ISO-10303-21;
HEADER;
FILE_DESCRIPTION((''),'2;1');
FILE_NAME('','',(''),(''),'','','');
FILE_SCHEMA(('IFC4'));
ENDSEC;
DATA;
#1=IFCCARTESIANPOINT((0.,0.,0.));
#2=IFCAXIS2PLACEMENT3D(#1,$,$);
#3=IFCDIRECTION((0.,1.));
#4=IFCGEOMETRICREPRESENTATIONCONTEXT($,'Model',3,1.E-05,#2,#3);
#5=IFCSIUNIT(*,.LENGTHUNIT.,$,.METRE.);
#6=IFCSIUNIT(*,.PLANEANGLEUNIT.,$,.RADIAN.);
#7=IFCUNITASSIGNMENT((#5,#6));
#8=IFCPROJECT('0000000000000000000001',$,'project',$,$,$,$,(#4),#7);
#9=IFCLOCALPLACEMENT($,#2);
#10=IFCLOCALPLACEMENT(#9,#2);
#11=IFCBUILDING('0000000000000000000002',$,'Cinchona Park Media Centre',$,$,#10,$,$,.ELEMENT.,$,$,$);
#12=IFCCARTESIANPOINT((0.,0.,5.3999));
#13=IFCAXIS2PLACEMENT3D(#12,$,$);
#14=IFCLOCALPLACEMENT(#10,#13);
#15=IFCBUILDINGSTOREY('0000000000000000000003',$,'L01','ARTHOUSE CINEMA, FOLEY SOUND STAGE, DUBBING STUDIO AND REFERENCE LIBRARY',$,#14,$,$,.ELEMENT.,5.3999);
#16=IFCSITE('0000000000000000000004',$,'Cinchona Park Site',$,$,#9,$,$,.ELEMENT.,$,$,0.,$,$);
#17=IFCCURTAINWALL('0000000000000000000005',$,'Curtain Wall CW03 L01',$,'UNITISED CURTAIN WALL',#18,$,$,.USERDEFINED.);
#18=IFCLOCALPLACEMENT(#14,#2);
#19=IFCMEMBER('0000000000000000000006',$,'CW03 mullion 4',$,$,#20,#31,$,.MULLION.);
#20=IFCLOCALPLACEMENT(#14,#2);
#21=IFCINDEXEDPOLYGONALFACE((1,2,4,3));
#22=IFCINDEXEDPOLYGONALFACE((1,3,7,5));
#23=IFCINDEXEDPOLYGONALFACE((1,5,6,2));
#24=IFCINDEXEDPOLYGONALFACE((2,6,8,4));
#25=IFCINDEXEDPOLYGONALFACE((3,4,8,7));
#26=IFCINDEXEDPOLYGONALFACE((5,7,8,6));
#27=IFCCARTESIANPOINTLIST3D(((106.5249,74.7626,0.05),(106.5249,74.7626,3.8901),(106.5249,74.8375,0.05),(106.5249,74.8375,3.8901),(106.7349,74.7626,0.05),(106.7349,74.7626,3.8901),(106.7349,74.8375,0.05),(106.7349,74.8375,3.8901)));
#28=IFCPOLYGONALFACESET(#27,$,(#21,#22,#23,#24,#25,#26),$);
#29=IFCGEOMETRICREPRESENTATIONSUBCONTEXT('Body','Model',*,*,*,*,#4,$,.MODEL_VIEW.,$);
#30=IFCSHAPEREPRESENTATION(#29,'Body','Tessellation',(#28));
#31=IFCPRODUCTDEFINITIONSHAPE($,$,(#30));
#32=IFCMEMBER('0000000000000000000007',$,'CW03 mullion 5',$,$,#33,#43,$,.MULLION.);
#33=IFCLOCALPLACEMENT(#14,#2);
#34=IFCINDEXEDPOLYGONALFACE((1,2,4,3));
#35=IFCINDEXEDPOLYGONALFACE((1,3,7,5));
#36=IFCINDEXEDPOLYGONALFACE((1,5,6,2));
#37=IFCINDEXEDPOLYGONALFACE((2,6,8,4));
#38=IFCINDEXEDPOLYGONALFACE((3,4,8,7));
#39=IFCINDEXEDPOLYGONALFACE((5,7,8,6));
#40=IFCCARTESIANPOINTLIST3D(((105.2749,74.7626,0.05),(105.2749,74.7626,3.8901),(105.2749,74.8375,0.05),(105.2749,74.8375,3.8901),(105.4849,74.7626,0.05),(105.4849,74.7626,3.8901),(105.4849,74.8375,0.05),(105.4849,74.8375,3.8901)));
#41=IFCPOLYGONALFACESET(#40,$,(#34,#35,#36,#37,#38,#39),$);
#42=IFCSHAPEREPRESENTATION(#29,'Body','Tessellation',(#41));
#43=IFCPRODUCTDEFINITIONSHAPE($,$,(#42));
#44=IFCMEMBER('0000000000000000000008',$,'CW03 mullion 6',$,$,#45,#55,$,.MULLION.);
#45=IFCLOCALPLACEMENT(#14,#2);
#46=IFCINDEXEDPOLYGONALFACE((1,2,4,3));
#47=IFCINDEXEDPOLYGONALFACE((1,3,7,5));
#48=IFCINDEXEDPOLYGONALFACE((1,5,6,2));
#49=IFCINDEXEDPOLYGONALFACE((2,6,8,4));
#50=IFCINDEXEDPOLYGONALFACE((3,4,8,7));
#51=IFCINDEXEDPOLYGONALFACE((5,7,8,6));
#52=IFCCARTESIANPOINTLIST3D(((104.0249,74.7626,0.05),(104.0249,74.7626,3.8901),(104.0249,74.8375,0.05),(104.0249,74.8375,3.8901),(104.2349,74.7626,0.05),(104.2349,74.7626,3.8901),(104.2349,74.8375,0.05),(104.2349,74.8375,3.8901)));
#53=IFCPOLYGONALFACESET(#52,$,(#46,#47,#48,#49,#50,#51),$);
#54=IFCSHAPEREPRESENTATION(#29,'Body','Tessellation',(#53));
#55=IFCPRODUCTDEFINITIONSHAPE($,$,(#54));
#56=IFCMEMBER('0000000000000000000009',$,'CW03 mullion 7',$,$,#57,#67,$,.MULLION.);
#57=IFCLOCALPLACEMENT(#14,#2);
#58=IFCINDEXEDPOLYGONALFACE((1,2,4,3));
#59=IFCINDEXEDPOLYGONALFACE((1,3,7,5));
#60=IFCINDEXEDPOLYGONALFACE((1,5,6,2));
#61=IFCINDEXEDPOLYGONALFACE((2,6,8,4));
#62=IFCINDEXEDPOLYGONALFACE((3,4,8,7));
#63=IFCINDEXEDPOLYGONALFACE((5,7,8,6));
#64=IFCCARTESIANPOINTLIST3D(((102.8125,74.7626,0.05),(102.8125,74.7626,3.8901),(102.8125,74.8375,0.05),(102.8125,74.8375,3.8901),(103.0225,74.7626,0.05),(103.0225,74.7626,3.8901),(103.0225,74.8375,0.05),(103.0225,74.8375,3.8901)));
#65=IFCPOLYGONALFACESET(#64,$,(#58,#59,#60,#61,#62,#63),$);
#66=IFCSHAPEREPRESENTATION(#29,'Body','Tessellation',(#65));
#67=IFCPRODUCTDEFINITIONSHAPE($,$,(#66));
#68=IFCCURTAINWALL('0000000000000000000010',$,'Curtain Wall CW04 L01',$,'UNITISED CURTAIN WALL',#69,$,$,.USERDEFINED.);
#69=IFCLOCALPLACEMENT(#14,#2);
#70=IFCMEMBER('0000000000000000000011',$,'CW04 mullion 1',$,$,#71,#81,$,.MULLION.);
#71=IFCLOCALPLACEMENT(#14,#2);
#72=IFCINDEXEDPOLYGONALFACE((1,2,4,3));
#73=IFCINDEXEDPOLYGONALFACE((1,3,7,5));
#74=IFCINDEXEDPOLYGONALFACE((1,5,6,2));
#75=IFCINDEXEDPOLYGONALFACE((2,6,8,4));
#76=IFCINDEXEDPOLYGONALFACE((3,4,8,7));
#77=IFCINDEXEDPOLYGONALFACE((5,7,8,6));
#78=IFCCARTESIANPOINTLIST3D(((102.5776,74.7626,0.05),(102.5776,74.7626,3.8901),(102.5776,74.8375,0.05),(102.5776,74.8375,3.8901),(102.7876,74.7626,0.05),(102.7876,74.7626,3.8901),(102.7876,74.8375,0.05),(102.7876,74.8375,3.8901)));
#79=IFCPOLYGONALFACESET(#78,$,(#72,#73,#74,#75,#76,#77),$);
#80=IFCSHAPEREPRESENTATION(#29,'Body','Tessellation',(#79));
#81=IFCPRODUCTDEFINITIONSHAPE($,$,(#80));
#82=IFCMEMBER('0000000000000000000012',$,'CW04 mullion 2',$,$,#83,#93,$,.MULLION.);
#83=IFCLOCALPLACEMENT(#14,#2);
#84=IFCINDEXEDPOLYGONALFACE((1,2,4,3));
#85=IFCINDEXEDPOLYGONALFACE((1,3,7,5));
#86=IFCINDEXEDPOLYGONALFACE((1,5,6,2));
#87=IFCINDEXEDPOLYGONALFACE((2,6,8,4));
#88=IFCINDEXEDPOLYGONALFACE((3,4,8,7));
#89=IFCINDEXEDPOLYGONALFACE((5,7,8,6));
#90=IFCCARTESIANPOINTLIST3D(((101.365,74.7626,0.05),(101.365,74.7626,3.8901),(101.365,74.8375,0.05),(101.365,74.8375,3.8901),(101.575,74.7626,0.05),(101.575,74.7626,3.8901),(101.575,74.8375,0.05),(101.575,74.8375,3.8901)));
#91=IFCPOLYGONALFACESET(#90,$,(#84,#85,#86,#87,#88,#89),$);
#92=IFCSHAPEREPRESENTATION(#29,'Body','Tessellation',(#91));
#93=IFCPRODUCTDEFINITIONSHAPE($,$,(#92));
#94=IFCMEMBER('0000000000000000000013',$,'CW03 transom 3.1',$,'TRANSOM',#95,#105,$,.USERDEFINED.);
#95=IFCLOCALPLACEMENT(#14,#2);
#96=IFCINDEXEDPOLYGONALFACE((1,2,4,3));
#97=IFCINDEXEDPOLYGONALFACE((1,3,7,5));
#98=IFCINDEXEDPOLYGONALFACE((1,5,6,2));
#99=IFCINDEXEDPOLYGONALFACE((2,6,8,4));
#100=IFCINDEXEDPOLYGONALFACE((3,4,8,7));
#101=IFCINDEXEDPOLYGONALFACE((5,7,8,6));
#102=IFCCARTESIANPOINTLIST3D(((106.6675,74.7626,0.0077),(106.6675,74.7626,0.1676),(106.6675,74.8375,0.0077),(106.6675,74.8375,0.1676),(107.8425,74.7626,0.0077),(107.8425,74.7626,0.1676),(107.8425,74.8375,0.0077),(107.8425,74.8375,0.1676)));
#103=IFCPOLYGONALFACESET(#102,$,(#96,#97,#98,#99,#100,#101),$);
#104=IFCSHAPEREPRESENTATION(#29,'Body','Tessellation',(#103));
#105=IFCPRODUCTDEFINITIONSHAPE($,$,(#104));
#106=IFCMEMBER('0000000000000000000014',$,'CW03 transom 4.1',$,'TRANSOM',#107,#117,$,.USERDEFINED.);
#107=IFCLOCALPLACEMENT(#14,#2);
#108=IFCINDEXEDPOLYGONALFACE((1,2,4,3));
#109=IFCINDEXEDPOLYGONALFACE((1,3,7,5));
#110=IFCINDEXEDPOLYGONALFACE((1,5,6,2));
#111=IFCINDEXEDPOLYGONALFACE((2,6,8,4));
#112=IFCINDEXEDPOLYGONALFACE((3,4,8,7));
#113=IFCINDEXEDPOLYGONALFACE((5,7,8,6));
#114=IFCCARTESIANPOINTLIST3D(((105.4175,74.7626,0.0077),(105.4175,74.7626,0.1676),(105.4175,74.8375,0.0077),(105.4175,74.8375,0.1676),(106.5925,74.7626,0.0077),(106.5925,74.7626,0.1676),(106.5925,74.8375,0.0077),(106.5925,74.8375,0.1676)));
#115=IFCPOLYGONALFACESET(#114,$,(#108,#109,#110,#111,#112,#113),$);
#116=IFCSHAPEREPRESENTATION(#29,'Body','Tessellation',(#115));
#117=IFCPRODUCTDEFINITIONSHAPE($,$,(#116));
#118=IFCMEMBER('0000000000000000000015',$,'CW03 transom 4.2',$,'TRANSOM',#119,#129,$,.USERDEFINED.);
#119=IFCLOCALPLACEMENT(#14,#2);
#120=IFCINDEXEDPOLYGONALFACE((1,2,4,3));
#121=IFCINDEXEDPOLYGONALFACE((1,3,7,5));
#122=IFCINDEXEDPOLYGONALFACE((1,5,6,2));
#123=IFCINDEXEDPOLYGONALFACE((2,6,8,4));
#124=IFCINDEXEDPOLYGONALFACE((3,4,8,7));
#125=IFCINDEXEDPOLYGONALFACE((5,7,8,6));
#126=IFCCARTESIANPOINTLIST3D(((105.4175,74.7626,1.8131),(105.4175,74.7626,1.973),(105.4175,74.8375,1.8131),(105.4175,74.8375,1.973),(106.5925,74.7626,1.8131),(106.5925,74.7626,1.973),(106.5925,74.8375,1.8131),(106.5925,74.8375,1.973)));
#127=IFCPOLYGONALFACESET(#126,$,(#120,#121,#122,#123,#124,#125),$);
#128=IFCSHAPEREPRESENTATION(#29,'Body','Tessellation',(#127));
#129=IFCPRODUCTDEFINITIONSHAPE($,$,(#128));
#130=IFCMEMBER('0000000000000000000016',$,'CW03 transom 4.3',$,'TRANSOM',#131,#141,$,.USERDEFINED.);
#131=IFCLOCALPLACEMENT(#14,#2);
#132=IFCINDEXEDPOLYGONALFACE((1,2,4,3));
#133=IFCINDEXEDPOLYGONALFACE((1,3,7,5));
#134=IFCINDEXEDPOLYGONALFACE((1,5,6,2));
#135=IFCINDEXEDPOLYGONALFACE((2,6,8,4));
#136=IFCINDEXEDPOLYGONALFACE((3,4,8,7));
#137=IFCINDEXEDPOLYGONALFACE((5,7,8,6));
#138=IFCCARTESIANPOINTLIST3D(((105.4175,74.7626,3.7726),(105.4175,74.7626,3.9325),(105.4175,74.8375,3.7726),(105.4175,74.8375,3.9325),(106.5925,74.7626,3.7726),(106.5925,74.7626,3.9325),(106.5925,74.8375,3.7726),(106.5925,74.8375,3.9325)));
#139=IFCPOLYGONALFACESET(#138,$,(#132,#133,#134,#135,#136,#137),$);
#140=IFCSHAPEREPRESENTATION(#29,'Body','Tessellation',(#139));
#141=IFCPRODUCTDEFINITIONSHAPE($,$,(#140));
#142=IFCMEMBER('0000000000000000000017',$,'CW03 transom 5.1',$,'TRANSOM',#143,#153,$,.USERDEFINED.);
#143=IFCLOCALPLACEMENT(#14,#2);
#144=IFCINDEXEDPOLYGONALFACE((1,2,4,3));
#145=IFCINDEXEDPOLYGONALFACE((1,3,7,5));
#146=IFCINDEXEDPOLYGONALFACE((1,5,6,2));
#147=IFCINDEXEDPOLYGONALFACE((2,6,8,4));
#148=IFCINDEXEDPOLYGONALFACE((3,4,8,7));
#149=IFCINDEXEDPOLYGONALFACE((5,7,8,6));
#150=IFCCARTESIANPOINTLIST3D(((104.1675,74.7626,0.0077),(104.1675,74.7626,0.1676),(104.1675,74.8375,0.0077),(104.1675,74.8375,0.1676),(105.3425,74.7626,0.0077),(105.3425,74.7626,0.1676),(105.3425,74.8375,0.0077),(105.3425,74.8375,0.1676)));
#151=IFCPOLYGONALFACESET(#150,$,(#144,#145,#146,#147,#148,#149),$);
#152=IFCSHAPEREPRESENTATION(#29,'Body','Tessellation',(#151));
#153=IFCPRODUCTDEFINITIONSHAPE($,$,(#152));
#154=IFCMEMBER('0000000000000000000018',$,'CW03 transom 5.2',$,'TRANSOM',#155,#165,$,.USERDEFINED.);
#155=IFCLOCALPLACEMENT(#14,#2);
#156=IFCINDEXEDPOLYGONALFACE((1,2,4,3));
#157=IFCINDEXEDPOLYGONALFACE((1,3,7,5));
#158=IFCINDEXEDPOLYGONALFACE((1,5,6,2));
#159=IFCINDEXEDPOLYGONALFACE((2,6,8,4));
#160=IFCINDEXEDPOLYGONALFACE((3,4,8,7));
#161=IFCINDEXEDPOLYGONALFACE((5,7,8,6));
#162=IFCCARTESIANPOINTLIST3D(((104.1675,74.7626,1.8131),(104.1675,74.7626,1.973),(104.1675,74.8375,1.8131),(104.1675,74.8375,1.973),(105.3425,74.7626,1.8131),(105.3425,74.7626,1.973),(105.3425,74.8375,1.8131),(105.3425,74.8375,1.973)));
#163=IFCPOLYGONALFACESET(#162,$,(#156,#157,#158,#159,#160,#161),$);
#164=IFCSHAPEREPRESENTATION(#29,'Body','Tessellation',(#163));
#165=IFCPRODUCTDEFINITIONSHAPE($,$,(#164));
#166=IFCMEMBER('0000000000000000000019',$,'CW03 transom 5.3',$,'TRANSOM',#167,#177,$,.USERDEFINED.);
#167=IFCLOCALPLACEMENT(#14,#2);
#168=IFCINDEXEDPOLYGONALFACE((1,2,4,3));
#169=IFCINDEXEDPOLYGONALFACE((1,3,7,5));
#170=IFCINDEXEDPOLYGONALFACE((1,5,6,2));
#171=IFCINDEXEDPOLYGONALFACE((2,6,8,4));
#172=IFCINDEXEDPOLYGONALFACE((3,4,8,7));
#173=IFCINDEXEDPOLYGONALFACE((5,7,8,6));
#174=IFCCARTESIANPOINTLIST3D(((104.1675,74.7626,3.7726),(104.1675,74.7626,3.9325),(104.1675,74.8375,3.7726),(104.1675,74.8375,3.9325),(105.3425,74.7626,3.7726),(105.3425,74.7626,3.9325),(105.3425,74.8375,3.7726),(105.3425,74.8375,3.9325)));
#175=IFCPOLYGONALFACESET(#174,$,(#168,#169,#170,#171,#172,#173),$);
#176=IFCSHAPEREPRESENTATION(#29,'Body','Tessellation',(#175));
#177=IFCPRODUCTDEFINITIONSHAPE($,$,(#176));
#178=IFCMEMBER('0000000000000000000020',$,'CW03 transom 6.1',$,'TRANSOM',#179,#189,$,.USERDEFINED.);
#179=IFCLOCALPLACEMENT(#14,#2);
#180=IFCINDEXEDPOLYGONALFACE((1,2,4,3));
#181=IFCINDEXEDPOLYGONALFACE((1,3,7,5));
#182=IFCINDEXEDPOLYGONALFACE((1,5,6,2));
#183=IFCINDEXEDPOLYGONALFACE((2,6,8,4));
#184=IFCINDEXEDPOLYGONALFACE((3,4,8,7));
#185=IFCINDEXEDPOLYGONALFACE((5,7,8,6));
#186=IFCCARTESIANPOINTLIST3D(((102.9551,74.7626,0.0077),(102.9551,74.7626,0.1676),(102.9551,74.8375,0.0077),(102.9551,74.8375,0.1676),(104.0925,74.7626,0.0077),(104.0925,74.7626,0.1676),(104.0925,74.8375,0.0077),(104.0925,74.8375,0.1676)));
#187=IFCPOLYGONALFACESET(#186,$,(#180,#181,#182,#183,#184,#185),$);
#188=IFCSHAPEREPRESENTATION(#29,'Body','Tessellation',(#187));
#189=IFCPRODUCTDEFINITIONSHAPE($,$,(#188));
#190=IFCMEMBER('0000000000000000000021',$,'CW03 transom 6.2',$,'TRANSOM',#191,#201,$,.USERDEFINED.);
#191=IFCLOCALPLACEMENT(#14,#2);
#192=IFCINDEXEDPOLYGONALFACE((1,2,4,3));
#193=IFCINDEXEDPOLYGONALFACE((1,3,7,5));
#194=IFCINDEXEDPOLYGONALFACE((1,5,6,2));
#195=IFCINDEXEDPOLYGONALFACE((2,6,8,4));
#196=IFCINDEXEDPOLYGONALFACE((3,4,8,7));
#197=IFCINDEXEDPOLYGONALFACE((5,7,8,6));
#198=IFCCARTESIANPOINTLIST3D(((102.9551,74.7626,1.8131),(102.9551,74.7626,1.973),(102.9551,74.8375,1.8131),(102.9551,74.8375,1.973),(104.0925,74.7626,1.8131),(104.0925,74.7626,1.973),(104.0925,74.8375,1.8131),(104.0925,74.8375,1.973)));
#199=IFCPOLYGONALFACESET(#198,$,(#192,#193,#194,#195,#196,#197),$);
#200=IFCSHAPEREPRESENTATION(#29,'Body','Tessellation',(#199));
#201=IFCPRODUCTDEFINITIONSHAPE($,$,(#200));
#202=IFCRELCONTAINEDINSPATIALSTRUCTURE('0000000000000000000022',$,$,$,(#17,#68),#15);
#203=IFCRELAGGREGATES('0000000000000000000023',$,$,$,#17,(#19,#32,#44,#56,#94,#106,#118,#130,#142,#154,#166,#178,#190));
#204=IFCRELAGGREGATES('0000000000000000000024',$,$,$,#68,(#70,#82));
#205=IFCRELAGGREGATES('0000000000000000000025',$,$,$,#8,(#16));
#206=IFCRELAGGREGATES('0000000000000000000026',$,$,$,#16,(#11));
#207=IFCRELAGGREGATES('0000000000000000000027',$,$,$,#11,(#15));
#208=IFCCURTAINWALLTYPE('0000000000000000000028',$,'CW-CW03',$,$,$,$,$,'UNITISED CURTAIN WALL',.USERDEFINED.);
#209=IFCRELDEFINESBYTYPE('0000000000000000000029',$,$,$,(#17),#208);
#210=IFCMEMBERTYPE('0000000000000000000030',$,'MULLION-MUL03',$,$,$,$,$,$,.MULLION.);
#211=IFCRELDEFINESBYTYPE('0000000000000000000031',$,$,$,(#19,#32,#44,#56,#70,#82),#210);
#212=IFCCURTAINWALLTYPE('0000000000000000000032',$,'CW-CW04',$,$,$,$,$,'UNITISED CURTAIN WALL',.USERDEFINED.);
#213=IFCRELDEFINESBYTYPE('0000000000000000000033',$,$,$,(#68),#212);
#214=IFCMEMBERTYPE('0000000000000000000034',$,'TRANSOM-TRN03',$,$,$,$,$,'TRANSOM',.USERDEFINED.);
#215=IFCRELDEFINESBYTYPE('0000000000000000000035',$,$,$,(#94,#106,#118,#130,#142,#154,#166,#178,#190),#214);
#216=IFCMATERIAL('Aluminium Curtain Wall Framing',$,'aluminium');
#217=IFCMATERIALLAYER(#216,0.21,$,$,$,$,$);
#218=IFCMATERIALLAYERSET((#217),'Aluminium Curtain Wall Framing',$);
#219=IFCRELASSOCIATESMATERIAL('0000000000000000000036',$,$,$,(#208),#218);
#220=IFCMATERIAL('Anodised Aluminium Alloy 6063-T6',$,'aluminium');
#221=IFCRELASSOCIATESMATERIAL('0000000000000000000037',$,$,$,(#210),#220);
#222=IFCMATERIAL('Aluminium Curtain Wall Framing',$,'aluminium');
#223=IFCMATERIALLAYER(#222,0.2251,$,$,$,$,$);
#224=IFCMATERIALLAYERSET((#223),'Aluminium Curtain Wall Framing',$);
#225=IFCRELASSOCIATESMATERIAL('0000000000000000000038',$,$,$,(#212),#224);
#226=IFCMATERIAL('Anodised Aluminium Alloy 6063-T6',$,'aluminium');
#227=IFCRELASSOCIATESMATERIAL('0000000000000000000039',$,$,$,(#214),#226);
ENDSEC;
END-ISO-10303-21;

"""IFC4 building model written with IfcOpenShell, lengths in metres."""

from ifc_helpers import new_model, si_unit, direction, frame, origin, origin_2d, place, context, subcontext, project, spatial, rectangle, extrude, material, layer, layer_set, material_profile, profile_set, type_object, element, aggregate, save


model = new_model("IFC4")

# Units and contexts
model_context = context("Model", 3, precision=1e-05, world=origin(), true_north=direction((0.0, 1.0)))
body_context = subcontext(model_context, "Body", "Model", "MODEL_VIEW")
ifc_project = project(units=[si_unit("LENGTHUNIT", "METRE"), si_unit("PLANEANGLEUNIT", "RADIAN")], contexts=[model_context])

# Site, building, storey
site_placement = place(None, origin())
site = spatial("IfcSite", under=ifc_project, at=site_placement, Name="Cinchona Park Site", CompositionType="ELEMENT", RefElevation=0.0)
building_placement = place(site_placement, origin())
building = spatial("IfcBuilding", under=site, at=building_placement, Name="Cinchona Park Media Centre", CompositionType="ELEMENT")
storey_placement = place(building_placement, frame((0.0, 0.0, 5.3999)))
storey = spatial("IfcBuildingStorey", under=building, at=storey_placement, Name="L01", Description="ARTHOUSE CINEMA, FOLEY SOUND STAGE, DUBBING STUDIO AND REFERENCE LIBRARY", CompositionType="ELEMENT", Elevation=5.3999)

# Curtain walls, members
ifc_material_1 = material(Name="Aluminium Curtain Wall Framing", Category="aluminium")
ifc_layer_1 = layer(ifc_material_1, 0.21)
ifc_layer_set_1 = layer_set([ifc_layer_1], Name="Aluminium Curtain Wall Framing")
curtain_wall_type_1 = type_object("IfcCurtainWallType", Name="CW-CW03", ElementType="UNITISED CURTAIN WALL", PredefinedType="USERDEFINED", material=ifc_layer_set_1)
curtain_wall_1_placement = place(storey_placement, origin())
curtain_wall_1 = element("IfcCurtainWall", 1, at=curtain_wall_1_placement, inside=storey, type_object=curtain_wall_type_1, Name="Curtain Wall CW03 L01", ObjectType="UNITISED CURTAIN WALL", PredefinedType="USERDEFINED")
ifc_material_2 = material(Name="Anodised Aluminium Alloy 6063-T6", Category="aluminium")
ifc_material_profile_1 = material_profile(ifc_material_2, rectangle(XDim=0.075, YDim=0.21, at=origin_2d()), Name="MUL-75X210")
ifc_profile_set_1 = profile_set([ifc_material_profile_1], Name="Anodised Aluminium Alloy 6063-T6")
member_type_1 = type_object("IfcMemberType", Name="MULLION-MUL03", PredefinedType="MULLION", material=ifc_profile_set_1)
member_1_placement = place(storey_placement, frame((106.6299, 74.8, 0.05), z_axis=(0.0, 0.0, 1.0), x_axis=(0.0, -1.0, 0.0)))
member_1 = element("IfcMember", 2, at=member_1_placement, type_object=member_type_1, Name="CW03 mullion 4", PredefinedType="MULLION", context=body_context, shape_type="SweptSolid", body=[
    extrude(rectangle(XDim=0.075, YDim=0.21, at=origin_2d()), origin(), (0.0, 0.0, 1.0), 3.8401),
])
member_2_placement = place(storey_placement, frame((105.3799, 74.8, 0.05), z_axis=(0.0, 0.0, 1.0), x_axis=(0.0, -1.0, 0.0)))
member_2 = element("IfcMember", 3, at=member_2_placement, type_object=member_type_1, Name="CW03 mullion 5", PredefinedType="MULLION", context=body_context, shape_type="SweptSolid", body=[
    extrude(rectangle(XDim=0.075, YDim=0.21, at=origin_2d()), origin(), (0.0, 0.0, 1.0), 3.8401),
])
member_3_placement = place(storey_placement, frame((104.1299, 74.8, 0.05), z_axis=(0.0, 0.0, 1.0), x_axis=(0.0, -1.0, 0.0)))
member_3 = element("IfcMember", 4, at=member_3_placement, type_object=member_type_1, Name="CW03 mullion 6", PredefinedType="MULLION", context=body_context, shape_type="SweptSolid", body=[
    extrude(rectangle(XDim=0.075, YDim=0.21, at=origin_2d()), origin(), (0.0, 0.0, 1.0), 3.8401),
])
member_4_placement = place(storey_placement, frame((102.9175, 74.8, 0.05), z_axis=(0.0, 0.0, 1.0), x_axis=(0.0, -1.0, 0.0)))
member_4 = element("IfcMember", 5, at=member_4_placement, type_object=member_type_1, Name="CW03 mullion 7", PredefinedType="MULLION", context=body_context, shape_type="SweptSolid", body=[
    extrude(rectangle(XDim=0.075, YDim=0.21, at=origin_2d()), origin(), (0.0, 0.0, 1.0), 3.8401),
])
ifc_material_3 = material(Name="Aluminium Curtain Wall Framing", Category="aluminium")
ifc_layer_2 = layer(ifc_material_3, 0.2251)
ifc_layer_set_2 = layer_set([ifc_layer_2], Name="Aluminium Curtain Wall Framing")
curtain_wall_type_2 = type_object("IfcCurtainWallType", Name="CW-CW04", ElementType="UNITISED CURTAIN WALL", PredefinedType="USERDEFINED", material=ifc_layer_set_2)
curtain_wall_2_placement = place(storey_placement, origin())
curtain_wall_2 = element("IfcCurtainWall", 6, at=curtain_wall_2_placement, inside=storey, type_object=curtain_wall_type_2, Name="Curtain Wall CW04 L01", ObjectType="UNITISED CURTAIN WALL", PredefinedType="USERDEFINED")
member_5_placement = place(storey_placement, frame((102.6826, 74.8, 0.05), z_axis=(0.0, 0.0, 1.0), x_axis=(0.0, -1.0, 0.0)))
member_5 = element("IfcMember", 7, at=member_5_placement, type_object=member_type_1, Name="CW04 mullion 1", PredefinedType="MULLION", context=body_context, shape_type="SweptSolid", body=[
    extrude(rectangle(XDim=0.075, YDim=0.21, at=origin_2d()), origin(), (0.0, 0.0, 1.0), 3.8401),
])
member_6_placement = place(storey_placement, frame((101.47, 74.8, 0.05), z_axis=(0.0, 0.0, 1.0), x_axis=(0.0, -1.0, 0.0)))
member_6 = element("IfcMember", 8, at=member_6_placement, type_object=member_type_1, Name="CW04 mullion 2", PredefinedType="MULLION", context=body_context, shape_type="SweptSolid", body=[
    extrude(rectangle(XDim=0.075, YDim=0.21, at=origin_2d()), origin(), (0.0, 0.0, 1.0), 3.8401),
])

# Members
ifc_material_4 = material(Name="Anodised Aluminium Alloy 6063-T6", Category="aluminium")
ifc_material_profile_2 = material_profile(ifc_material_4, rectangle(XDim=0.075, YDim=0.1599, at=origin_2d()), Name="TRN-75X160")
ifc_profile_set_2 = profile_set([ifc_material_profile_2], Name="Anodised Aluminium Alloy 6063-T6")
member_type_2 = type_object("IfcMemberType", Name="TRANSOM-TRN03", ElementType="TRANSOM", PredefinedType="USERDEFINED", material=ifc_profile_set_2)
member_7_placement = place(storey_placement, frame((107.8425, 74.8, 0.0876), z_axis=(-1.0, 0.0, 0.0), x_axis=(0.0, -1.0, 0.0)))
member_7 = element("IfcMember", 9, at=member_7_placement, type_object=member_type_2, Name="CW03 transom 3.1", ObjectType="TRANSOM", PredefinedType="USERDEFINED", context=body_context, shape_type="SweptSolid", body=[
    extrude(rectangle(XDim=0.075, YDim=0.1599, at=origin_2d()), origin(), (0.0, 0.0, 1.0), 1.175),
])
member_8_placement = place(storey_placement, frame((106.5925, 74.8, 0.0876), z_axis=(-1.0, 0.0, 0.0), x_axis=(0.0, -1.0, 0.0)))
member_8 = element("IfcMember", 10, at=member_8_placement, type_object=member_type_2, Name="CW03 transom 4.1", ObjectType="TRANSOM", PredefinedType="USERDEFINED", context=body_context, shape_type="SweptSolid", body=[
    extrude(rectangle(XDim=0.075, YDim=0.1599, at=origin_2d()), origin(), (0.0, 0.0, 1.0), 1.175),
])
member_9_placement = place(storey_placement, frame((106.5925, 74.8, 1.8931), z_axis=(-1.0, 0.0, 0.0), x_axis=(0.0, -1.0, 0.0)))
member_9 = element("IfcMember", 11, at=member_9_placement, type_object=member_type_2, Name="CW03 transom 4.2", ObjectType="TRANSOM", PredefinedType="USERDEFINED", context=body_context, shape_type="SweptSolid", body=[
    extrude(rectangle(XDim=0.075, YDim=0.1599, at=origin_2d()), origin(), (0.0, 0.0, 1.0), 1.175),
])
member_10_placement = place(storey_placement, frame((106.5925, 74.8, 3.8525), z_axis=(-1.0, 0.0, 0.0), x_axis=(0.0, -1.0, 0.0)))
member_10 = element("IfcMember", 12, at=member_10_placement, type_object=member_type_2, Name="CW03 transom 4.3", ObjectType="TRANSOM", PredefinedType="USERDEFINED", context=body_context, shape_type="SweptSolid", body=[
    extrude(rectangle(XDim=0.075, YDim=0.1599, at=origin_2d()), origin(), (0.0, 0.0, 1.0), 1.175),
])
member_11_placement = place(storey_placement, frame((105.3425, 74.8, 0.0876), z_axis=(-1.0, 0.0, 0.0), x_axis=(0.0, -1.0, 0.0)))
member_11 = element("IfcMember", 13, at=member_11_placement, type_object=member_type_2, Name="CW03 transom 5.1", ObjectType="TRANSOM", PredefinedType="USERDEFINED", context=body_context, shape_type="SweptSolid", body=[
    extrude(rectangle(XDim=0.075, YDim=0.1599, at=origin_2d()), origin(), (0.0, 0.0, 1.0), 1.175),
])
member_12_placement = place(storey_placement, frame((105.3425, 74.8, 1.8931), z_axis=(-1.0, 0.0, 0.0), x_axis=(0.0, -1.0, 0.0)))
member_12 = element("IfcMember", 14, at=member_12_placement, type_object=member_type_2, Name="CW03 transom 5.2", ObjectType="TRANSOM", PredefinedType="USERDEFINED", context=body_context, shape_type="SweptSolid", body=[
    extrude(rectangle(XDim=0.075, YDim=0.1599, at=origin_2d()), origin(), (0.0, 0.0, 1.0), 1.175),
])
member_13_placement = place(storey_placement, frame((105.3425, 74.8, 3.8525), z_axis=(-1.0, 0.0, 0.0), x_axis=(0.0, -1.0, 0.0)))
member_13 = element("IfcMember", 15, at=member_13_placement, type_object=member_type_2, Name="CW03 transom 5.3", ObjectType="TRANSOM", PredefinedType="USERDEFINED", context=body_context, shape_type="SweptSolid", body=[
    extrude(rectangle(XDim=0.075, YDim=0.1599, at=origin_2d()), origin(), (0.0, 0.0, 1.0), 1.175),
])
member_14_placement = place(storey_placement, frame((104.0925, 74.8, 0.0876), z_axis=(-1.0, 0.0, 0.0), x_axis=(0.0, -1.0, 0.0)))
member_14 = element("IfcMember", 16, at=member_14_placement, type_object=member_type_2, Name="CW03 transom 6.1", ObjectType="TRANSOM", PredefinedType="USERDEFINED", context=body_context, shape_type="SweptSolid", body=[
    extrude(rectangle(XDim=0.075, YDim=0.1599, at=origin_2d()), origin(), (0.0, 0.0, 1.0), 1.1375),
])
member_15_placement = place(storey_placement, frame((104.0925, 74.8, 1.8931), z_axis=(-1.0, 0.0, 0.0), x_axis=(0.0, -1.0, 0.0)))
member_15 = element("IfcMember", 17, at=member_15_placement, type_object=member_type_2, Name="CW03 transom 6.2", ObjectType="TRANSOM", PredefinedType="USERDEFINED", context=body_context, shape_type="SweptSolid", body=[
    extrude(rectangle(XDim=0.075, YDim=0.1599, at=origin_2d()), origin(), (0.0, 0.0, 1.0), 1.1375),
])

aggregate(curtain_wall_1, [member_1, member_2, member_3, member_4, member_7, member_8, member_9, member_10, member_11, member_12, member_13, member_14, member_15])
aggregate(curtain_wall_2, [member_5, member_6])

save(model, "model.ifc")
